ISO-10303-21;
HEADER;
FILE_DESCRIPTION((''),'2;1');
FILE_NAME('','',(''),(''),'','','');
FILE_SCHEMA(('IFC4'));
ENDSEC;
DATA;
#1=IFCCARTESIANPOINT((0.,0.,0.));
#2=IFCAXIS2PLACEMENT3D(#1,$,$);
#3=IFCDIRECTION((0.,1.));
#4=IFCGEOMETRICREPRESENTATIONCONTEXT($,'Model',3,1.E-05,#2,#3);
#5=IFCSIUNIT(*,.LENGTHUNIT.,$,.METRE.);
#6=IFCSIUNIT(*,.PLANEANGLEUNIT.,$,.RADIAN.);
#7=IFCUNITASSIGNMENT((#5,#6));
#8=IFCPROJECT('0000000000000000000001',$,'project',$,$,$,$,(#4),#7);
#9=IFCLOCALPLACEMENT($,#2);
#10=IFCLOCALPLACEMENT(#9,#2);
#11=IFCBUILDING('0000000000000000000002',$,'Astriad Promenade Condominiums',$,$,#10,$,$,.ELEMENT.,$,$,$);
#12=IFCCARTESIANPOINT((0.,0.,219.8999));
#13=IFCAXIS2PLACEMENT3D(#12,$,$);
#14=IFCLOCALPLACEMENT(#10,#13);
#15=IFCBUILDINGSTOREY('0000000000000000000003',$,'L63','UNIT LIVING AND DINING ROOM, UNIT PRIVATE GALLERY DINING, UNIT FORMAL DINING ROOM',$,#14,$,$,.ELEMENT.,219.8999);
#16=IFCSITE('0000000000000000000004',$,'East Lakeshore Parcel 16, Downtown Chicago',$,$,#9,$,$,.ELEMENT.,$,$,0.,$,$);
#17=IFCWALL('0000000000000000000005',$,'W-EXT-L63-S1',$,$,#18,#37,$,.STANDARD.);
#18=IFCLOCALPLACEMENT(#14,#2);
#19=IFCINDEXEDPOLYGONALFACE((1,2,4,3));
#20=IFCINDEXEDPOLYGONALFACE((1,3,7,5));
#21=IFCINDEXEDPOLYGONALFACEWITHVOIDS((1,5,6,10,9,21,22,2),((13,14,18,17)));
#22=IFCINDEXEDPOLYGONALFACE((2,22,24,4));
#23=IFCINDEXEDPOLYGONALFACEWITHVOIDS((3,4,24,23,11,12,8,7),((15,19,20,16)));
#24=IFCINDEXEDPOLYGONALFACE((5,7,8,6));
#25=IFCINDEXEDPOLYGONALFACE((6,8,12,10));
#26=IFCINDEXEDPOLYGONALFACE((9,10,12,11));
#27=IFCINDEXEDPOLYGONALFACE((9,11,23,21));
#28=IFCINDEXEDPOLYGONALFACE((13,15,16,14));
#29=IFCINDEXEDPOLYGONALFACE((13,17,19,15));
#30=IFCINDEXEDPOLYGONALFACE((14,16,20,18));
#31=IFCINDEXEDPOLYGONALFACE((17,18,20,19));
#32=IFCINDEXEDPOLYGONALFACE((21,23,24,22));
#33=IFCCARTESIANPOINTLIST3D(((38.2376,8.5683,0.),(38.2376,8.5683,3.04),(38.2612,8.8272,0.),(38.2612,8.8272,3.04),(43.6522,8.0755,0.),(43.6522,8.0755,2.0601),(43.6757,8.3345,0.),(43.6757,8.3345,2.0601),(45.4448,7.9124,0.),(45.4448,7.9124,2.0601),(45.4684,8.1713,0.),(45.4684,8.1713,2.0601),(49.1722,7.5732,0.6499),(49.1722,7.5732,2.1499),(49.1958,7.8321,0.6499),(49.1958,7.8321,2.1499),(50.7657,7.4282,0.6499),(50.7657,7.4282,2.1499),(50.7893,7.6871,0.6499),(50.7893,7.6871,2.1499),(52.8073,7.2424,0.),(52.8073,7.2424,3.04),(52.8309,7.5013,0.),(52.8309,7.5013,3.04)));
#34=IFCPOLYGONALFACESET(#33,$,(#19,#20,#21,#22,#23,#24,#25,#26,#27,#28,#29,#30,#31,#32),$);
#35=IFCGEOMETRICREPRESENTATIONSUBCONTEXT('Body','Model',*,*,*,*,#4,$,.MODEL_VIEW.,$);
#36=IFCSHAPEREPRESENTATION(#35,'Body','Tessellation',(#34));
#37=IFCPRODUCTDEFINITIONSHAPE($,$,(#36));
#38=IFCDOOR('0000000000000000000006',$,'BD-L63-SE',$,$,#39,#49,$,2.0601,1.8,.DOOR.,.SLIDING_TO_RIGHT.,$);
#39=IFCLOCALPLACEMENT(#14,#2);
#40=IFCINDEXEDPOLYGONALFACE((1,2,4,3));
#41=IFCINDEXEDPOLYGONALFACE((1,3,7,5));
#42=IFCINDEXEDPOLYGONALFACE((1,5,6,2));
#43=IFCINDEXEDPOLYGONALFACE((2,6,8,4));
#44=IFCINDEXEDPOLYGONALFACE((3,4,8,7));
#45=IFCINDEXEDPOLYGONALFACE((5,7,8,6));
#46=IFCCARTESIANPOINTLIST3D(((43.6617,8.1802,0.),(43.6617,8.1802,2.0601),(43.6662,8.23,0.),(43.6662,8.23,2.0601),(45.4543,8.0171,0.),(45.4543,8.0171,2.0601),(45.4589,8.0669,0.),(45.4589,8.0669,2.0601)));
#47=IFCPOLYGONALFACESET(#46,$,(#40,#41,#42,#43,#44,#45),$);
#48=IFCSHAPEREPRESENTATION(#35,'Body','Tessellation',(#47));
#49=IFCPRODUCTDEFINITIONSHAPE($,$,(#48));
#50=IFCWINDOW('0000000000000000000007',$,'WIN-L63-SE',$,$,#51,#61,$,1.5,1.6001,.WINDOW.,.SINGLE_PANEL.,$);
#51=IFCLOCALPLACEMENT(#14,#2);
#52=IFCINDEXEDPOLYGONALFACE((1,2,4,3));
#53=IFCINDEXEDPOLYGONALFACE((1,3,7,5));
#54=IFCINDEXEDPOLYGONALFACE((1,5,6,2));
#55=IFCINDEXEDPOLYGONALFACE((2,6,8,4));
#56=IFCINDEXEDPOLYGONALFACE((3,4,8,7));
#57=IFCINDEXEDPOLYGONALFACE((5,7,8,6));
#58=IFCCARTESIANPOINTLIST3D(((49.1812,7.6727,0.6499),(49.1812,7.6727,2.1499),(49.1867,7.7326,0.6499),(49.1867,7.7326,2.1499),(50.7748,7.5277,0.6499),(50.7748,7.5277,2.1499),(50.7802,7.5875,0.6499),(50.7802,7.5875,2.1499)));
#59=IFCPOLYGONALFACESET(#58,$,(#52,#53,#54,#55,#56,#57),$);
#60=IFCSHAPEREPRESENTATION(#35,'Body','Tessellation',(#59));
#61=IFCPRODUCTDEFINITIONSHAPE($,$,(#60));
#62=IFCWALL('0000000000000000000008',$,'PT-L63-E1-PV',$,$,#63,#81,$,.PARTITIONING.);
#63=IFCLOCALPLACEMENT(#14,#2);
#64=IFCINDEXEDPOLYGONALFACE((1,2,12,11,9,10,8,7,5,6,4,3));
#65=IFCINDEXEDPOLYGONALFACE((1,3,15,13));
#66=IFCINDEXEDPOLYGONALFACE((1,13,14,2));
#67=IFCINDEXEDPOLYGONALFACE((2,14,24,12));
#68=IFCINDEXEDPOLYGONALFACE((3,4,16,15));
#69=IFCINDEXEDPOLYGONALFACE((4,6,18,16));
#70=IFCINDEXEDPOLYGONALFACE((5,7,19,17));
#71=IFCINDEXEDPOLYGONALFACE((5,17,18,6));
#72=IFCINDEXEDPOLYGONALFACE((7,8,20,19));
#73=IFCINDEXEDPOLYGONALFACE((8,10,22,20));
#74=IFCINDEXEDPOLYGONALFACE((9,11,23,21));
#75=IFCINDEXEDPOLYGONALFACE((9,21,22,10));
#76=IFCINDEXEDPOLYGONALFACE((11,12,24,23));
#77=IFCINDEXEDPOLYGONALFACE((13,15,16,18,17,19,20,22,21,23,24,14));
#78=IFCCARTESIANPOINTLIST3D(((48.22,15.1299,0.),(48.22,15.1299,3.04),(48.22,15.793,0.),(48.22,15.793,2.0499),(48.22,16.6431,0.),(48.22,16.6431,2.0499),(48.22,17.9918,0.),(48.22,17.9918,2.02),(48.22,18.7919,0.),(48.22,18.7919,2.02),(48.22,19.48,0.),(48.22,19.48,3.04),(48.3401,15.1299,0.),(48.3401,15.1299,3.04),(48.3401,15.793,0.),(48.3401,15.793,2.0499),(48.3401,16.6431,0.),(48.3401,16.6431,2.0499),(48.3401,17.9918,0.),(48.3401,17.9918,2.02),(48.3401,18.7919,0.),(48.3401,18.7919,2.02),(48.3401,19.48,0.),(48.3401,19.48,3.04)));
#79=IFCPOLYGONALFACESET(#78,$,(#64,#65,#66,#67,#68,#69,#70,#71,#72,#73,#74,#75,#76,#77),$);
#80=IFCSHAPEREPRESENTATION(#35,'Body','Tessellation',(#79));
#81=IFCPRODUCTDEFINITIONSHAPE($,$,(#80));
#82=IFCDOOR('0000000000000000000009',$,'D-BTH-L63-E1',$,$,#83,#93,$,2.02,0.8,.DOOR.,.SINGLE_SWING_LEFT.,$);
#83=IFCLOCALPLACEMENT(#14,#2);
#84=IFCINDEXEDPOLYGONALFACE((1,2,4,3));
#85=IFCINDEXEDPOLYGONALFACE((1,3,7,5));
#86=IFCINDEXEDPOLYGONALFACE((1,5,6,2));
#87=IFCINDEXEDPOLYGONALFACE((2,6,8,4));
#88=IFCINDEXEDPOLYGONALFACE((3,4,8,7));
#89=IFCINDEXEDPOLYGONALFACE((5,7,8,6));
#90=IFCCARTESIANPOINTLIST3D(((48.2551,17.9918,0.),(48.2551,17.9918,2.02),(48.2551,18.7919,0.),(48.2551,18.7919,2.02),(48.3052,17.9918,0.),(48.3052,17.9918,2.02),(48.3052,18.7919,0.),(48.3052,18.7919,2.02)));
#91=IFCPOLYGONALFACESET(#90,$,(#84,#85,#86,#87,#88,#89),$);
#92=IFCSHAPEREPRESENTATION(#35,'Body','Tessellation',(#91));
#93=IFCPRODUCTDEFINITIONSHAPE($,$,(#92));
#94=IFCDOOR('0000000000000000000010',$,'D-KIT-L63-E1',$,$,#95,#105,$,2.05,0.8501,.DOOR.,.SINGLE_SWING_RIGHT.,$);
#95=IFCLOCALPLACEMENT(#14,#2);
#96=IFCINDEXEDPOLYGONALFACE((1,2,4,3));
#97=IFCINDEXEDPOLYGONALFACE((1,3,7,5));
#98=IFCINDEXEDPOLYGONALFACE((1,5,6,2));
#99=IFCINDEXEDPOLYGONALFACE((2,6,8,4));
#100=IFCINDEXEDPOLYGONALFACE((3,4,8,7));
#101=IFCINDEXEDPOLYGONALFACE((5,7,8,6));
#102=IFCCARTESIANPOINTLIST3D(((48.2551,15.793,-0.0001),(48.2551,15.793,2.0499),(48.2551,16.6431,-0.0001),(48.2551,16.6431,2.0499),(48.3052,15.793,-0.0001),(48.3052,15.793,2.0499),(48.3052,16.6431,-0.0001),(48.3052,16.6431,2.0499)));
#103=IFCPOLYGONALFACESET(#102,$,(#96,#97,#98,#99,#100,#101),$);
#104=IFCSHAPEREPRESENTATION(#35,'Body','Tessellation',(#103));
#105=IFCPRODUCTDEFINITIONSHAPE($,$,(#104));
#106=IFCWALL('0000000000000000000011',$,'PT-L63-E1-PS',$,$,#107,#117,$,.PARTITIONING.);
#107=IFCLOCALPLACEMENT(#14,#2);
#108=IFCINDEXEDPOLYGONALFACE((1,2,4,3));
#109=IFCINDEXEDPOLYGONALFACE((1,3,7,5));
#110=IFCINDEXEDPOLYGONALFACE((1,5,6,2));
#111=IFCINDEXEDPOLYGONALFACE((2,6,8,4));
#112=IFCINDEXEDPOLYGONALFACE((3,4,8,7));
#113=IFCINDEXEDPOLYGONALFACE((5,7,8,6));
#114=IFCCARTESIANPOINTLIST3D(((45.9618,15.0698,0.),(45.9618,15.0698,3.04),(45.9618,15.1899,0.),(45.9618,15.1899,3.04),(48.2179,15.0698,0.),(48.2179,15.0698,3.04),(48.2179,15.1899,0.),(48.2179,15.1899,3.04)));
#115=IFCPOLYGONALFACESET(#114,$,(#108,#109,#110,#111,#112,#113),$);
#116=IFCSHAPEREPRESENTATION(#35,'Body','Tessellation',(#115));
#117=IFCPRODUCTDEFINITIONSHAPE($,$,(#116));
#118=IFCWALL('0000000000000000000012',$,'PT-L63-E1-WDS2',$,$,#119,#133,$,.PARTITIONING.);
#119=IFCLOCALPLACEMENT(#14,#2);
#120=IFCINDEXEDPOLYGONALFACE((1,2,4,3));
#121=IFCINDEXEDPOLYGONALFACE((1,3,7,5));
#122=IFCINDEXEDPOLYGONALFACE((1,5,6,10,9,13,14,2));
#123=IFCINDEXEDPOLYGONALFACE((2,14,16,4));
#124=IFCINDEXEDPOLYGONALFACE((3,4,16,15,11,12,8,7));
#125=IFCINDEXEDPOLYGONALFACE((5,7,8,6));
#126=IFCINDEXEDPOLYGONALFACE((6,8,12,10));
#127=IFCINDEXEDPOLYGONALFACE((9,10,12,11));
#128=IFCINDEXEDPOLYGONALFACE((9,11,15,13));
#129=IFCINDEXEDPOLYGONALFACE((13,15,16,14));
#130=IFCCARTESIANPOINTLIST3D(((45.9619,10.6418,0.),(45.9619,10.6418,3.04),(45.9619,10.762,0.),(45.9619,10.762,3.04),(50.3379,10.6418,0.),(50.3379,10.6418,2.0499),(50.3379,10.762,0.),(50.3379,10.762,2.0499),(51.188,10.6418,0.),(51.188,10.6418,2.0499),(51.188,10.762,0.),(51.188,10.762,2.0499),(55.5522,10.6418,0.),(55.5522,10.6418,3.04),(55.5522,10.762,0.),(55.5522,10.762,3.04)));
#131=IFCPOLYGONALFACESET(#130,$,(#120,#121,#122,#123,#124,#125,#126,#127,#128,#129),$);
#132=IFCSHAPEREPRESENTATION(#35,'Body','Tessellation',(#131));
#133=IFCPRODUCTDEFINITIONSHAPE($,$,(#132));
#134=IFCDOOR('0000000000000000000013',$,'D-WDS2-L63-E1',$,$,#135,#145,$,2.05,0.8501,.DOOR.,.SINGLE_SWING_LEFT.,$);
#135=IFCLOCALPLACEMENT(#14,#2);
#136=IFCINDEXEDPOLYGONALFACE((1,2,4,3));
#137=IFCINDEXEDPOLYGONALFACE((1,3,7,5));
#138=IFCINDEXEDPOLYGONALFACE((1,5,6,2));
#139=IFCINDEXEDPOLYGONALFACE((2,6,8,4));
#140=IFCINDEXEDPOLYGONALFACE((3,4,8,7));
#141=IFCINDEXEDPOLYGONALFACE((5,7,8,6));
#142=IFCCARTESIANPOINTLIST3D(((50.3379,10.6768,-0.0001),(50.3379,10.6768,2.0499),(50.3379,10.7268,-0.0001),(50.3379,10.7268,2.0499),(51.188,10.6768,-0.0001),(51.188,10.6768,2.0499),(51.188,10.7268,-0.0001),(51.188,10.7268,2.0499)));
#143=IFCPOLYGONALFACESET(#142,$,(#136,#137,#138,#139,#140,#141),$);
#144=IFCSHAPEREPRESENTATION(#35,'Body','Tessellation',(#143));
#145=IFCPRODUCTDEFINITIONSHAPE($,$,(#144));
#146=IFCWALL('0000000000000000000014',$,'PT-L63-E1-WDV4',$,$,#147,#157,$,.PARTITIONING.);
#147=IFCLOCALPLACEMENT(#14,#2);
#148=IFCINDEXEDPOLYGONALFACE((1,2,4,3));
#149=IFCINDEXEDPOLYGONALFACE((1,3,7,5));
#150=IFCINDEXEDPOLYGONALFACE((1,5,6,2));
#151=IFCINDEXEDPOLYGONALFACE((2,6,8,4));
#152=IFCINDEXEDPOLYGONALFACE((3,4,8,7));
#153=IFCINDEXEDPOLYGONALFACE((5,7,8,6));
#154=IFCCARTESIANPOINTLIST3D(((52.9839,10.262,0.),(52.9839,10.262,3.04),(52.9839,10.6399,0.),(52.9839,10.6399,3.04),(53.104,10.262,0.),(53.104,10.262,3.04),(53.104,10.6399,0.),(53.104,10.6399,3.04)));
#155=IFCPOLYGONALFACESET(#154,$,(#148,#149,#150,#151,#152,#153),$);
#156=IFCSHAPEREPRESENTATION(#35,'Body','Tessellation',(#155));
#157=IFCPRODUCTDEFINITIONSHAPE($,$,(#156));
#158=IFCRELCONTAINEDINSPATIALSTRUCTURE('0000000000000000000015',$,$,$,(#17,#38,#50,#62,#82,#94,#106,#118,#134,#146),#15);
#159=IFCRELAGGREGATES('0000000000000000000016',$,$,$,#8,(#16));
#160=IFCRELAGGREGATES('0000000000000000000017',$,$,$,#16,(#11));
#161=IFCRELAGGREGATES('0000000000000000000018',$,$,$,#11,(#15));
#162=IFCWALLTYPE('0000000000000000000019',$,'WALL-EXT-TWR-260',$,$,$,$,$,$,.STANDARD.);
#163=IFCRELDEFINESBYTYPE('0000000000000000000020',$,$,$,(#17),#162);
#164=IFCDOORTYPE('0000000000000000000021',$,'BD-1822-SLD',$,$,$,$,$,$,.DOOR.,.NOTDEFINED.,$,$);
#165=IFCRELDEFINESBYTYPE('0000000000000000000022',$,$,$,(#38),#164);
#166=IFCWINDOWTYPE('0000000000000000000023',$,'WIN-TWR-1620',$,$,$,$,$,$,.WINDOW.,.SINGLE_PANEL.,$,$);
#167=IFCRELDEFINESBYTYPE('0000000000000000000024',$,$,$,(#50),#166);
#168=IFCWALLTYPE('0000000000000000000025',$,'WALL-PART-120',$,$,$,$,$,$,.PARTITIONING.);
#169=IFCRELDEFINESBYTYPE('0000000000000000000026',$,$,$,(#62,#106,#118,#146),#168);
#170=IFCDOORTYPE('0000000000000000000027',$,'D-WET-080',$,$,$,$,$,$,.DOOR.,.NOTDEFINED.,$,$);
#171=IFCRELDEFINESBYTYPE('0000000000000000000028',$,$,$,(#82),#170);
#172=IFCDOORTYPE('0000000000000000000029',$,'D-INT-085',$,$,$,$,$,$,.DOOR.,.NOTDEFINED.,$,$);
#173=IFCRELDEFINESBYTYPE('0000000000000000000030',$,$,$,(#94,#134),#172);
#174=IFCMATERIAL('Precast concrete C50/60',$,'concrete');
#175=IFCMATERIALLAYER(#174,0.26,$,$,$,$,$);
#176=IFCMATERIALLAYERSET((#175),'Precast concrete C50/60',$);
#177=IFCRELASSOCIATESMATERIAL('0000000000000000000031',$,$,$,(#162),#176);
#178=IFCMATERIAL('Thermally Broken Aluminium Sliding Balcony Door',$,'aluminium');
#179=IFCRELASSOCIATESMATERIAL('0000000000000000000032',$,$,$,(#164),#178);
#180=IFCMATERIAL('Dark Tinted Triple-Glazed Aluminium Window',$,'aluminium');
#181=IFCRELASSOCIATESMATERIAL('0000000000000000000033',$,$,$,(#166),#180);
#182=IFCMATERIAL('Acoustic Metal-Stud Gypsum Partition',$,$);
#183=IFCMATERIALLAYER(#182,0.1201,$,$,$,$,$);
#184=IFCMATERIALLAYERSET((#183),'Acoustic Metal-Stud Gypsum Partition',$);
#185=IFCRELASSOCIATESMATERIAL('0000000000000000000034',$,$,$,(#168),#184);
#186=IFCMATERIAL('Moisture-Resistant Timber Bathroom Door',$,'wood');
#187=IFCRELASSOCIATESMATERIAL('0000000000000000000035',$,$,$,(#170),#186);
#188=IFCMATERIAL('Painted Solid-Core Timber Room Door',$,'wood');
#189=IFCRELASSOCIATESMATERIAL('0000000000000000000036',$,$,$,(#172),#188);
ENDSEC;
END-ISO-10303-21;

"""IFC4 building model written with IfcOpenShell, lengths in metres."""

from ifc_helpers import new_model, si_unit, direction, frame, frame_2d, origin, place, context, subcontext, project, spatial, rectangle, extrude, source, transform, mapped, material, layer, layer_set, type_object, type_shapes, element, fill, save


model = new_model("IFC4")

# Units and contexts
model_context = context("Model", 3, precision=1e-05, world=origin(), true_north=direction((0.0, 1.0)))
body_context = subcontext(model_context, "Body", "Model", "MODEL_VIEW")
ifc_project = project(units=[si_unit("LENGTHUNIT", "METRE"), si_unit("PLANEANGLEUNIT", "RADIAN")], contexts=[model_context])

# Site, building, storey
site_placement = place(None, origin())
site = spatial("IfcSite", under=ifc_project, at=site_placement, Name="East Lakeshore Parcel 16, Downtown Chicago", CompositionType="ELEMENT", RefElevation=0.0)
building_placement = place(site_placement, origin())
building = spatial("IfcBuilding", under=site, at=building_placement, Name="Astriad Promenade Condominiums", CompositionType="ELEMENT")
storey_placement = place(building_placement, frame((0.0, 0.0, 219.8999)))
storey = spatial("IfcBuildingStorey", under=building, at=storey_placement, Name="L63", Description="UNIT LIVING AND DINING ROOM, UNIT PRIVATE GALLERY DINING, UNIT FORMAL DINING ROOM", CompositionType="ELEMENT", Elevation=219.8999)

# Shared definitions
ifc_material_1 = material(Name="Precast concrete C50/60", Category="concrete")
ifc_layer_1 = layer(ifc_material_1, 0.26)
ifc_layer_set_1 = layer_set([ifc_layer_1], Name="Precast concrete C50/60")
wall_type_1 = type_object("IfcWallType", Name="WALL-EXT-TWR-260", PredefinedType="STANDARD", material=ifc_layer_set_1)

# Wall, openings, door, window
wall_1_placement = place(storey_placement, frame((52.8191, 7.3718, 0.0), z_axis=(0.0, 0.0, 1.0), x_axis=(-0.995884, 0.090632, 0.0)))
wall_1 = element("IfcWall", 1, at=wall_1_placement, inside=storey, type_object=wall_type_1, Name="W-EXT-L63-S1", PredefinedType="STANDARD", context=body_context, shape_type="SweptSolid", body=[
    extrude(rectangle(XDim=14.6299, YDim=0.26, at=frame_2d((7.3149, 0.0))), origin(), (0.0, 0.0, 1.0), 3.04),
])
opening_1_placement = place(wall_1_placement, frame((7.3931, 0.0, 0.0)))
opening_1 = element("IfcOpeningElement", 2, at=opening_1_placement, cuts=wall_1, PredefinedType="OPENING", context=body_context, shape_type="SweptSolid", body=[
    extrude(rectangle(XDim=1.8, YDim=2.0601, at=frame_2d((0.8999, 1.03))), frame((0.0, 0.1399, 0.0), z_axis=(0.0, -1.0, 0.0), x_axis=(1.0, 0.0, 0.0)), (0.0, 0.0, 1.0), 0.28),
])
opening_2_placement = place(wall_1_placement, frame((2.05, 0.0, 0.6499)))
opening_2 = element("IfcOpeningElement", 3, at=opening_2_placement, cuts=wall_1, PredefinedType="OPENING", context=body_context, shape_type="SweptSolid", body=[
    extrude(rectangle(XDim=1.6001, YDim=1.5, at=frame_2d((0.8, 0.75))), frame((0.0, 0.1399, 0.0), z_axis=(0.0, -1.0, 0.0), x_axis=(1.0, 0.0, 0.0)), (0.0, 0.0, 1.0), 0.28),
])
ifc_material_2 = material(Name="Thermally Broken Aluminium Sliding Balcony Door", Category="aluminium")
door_type_1 = type_object("IfcDoorType", Name="BD-1822-SLD", OperationType="NOTDEFINED", PredefinedType="DOOR", material=ifc_material_2)
shared_shape_1 = source(origin(), body_context, "Body", "SweptSolid", [
    extrude(rectangle(XDim=1.8, YDim=2.0601, at=frame_2d((0.8999, 1.03))), frame((0.0, 0.0249, 0.0), z_axis=(0.0, -1.0, 0.0), x_axis=(1.0, 0.0, 0.0)), (0.0, 0.0, 1.0), 0.05),
])
type_shapes(door_type_1, [shared_shape_1])
door_1_placement = place(opening_1_placement, origin())
door_1 = element("IfcDoor", 4, at=door_1_placement, inside=storey, type_object=door_type_1, Name="BD-L63-SE", OperationType="SLIDING_TO_RIGHT", OverallHeight=2.0601, OverallWidth=1.8, PredefinedType="DOOR", context=body_context, shape_type="MappedRepresentation", body=[
    mapped(shared_shape_1, transform((0.0, 0.0, 0.0), scale=1.0)),
])
fill(opening_1, door_1)
ifc_material_3 = material(Name="Dark Tinted Triple-Glazed Aluminium Window", Category="aluminium")
window_type = type_object("IfcWindowType", Name="WIN-TWR-1620", PartitioningType="SINGLE_PANEL", PredefinedType="WINDOW", material=ifc_material_3)
shared_shape_2 = source(origin(), body_context, "Body", "SweptSolid", [
    extrude(rectangle(XDim=1.6001, YDim=1.5, at=frame_2d((0.8, 0.75))), frame((0.0, 0.03, 0.0), z_axis=(0.0, -1.0, 0.0), x_axis=(1.0, 0.0, 0.0)), (0.0, 0.0, 1.0), 0.0601),
])
type_shapes(window_type, [shared_shape_2])
window_placement = place(opening_2_placement, origin())
window = element("IfcWindow", 5, at=window_placement, inside=storey, type_object=window_type, Name="WIN-L63-SE", OverallHeight=1.5, OverallWidth=1.6001, PartitioningType="SINGLE_PANEL", PredefinedType="WINDOW", context=body_context, shape_type="MappedRepresentation", body=[
    mapped(shared_shape_2, transform((0.0, 0.0, 0.0), scale=1.0)),
])
fill(opening_2, window)

# Wall, openings, doors
ifc_material_4 = material(Name="Acoustic Metal-Stud Gypsum Partition")
ifc_layer_2 = layer(ifc_material_4, 0.1201)
ifc_layer_set_2 = layer_set([ifc_layer_2], Name="Acoustic Metal-Stud Gypsum Partition")
wall_type_2 = type_object("IfcWallType", Name="WALL-PART-120", PredefinedType="PARTITIONING", material=ifc_layer_set_2)
wall_2_placement = place(storey_placement, frame((48.28, 15.1299, 0.0), z_axis=(0.0, 0.0, 1.0), x_axis=(0.0, 1.0, 0.0)))
wall_2 = element("IfcWall", 6, at=wall_2_placement, inside=storey, type_object=wall_type_2, Name="PT-L63-E1-PV", PredefinedType="PARTITIONING", context=body_context, shape_type="SweptSolid", body=[
    extrude(rectangle(XDim=4.3501, YDim=0.1201, at=frame_2d((2.175, 0.0))), origin(), (0.0, 0.0, 1.0), 3.04),
])
opening_3_placement = place(wall_2_placement, frame((0.6631, 0.0, 0.0)))
opening_3 = element("IfcOpeningElement", 7, at=opening_3_placement, cuts=wall_2, PredefinedType="OPENING", context=body_context, shape_type="SweptSolid", body=[
    extrude(rectangle(XDim=0.8501, YDim=2.05, at=frame_2d((0.425, 1.0249))), frame((0.0, 0.0701, 0.0), z_axis=(0.0, -1.0, 0.0), x_axis=(1.0, 0.0, 0.0)), (0.0, 0.0, 1.0), 0.1401),
])
opening_4_placement = place(wall_2_placement, frame((2.8621, 0.0, 0.0)))
opening_4 = element("IfcOpeningElement", 8, at=opening_4_placement, cuts=wall_2, PredefinedType="OPENING", context=body_context, shape_type="SweptSolid", body=[
    extrude(rectangle(XDim=0.8, YDim=2.02, at=frame_2d((0.3999, 1.01))), frame((0.0, 0.0701, 0.0), z_axis=(0.0, -1.0, 0.0), x_axis=(1.0, 0.0, 0.0)), (0.0, 0.0, 1.0), 0.1401),
])
ifc_material_5 = material(Name="Moisture-Resistant Timber Bathroom Door", Category="wood")
door_type_2 = type_object("IfcDoorType", Name="D-WET-080", OperationType="NOTDEFINED", PredefinedType="DOOR", material=ifc_material_5)
shared_shape_3 = source(origin(), body_context, "Body", "SweptSolid", [
    extrude(rectangle(XDim=0.8, YDim=2.02, at=frame_2d((0.3999, 1.01))), frame((0.0, 0.0249, 0.0), z_axis=(0.0, -1.0, 0.0), x_axis=(1.0, 0.0, 0.0)), (0.0, 0.0, 1.0), 0.05),
])
type_shapes(door_type_2, [shared_shape_3])
door_2_placement = place(opening_4_placement, origin())
door_2 = element("IfcDoor", 9, at=door_2_placement, inside=storey, type_object=door_type_2, Name="D-BTH-L63-E1", OperationType="SINGLE_SWING_LEFT", OverallHeight=2.02, OverallWidth=0.8, PredefinedType="DOOR", context=body_context, shape_type="MappedRepresentation", body=[
    mapped(shared_shape_3, transform((0.0, 0.0, 0.0), scale=1.0)),
])
fill(opening_4, door_2)
ifc_material_6 = material(Name="Painted Solid-Core Timber Room Door", Category="wood")
door_type_3 = type_object("IfcDoorType", Name="D-INT-085", OperationType="NOTDEFINED", PredefinedType="DOOR", material=ifc_material_6)
shared_shape_4 = source(origin(), body_context, "Body", "SweptSolid", [
    extrude(rectangle(XDim=0.8501, YDim=2.05, at=frame_2d((0.425, 1.0249))), frame((0.0, 0.0249, 0.0), z_axis=(0.0, -1.0, 0.0), x_axis=(1.0, 0.0, 0.0)), (0.0, 0.0, 1.0), 0.05),
])
type_shapes(door_type_3, [shared_shape_4])
door_3_placement = place(opening_3_placement, origin())
door_3 = element("IfcDoor", 10, at=door_3_placement, inside=storey, type_object=door_type_3, Name="D-KIT-L63-E1", OperationType="SINGLE_SWING_RIGHT", OverallHeight=2.05, OverallWidth=0.8501, PredefinedType="DOOR", context=body_context, shape_type="MappedRepresentation", body=[
    mapped(shared_shape_4, transform((0.0, 0.0, 0.0), scale=1.0)),
])
fill(opening_3, door_3)

# Wall
wall_3_placement = place(storey_placement, frame((45.9619, 15.1299, 0.0), z_axis=(0.0, 0.0, 1.0), x_axis=(1.0, 0.0, 0.0)))
element("IfcWall", 11, at=wall_3_placement, inside=storey, type_object=wall_type_2, Name="PT-L63-E1-PS", PredefinedType="PARTITIONING", context=body_context, shape_type="SweptSolid", body=[
    extrude(rectangle(XDim=2.2561, YDim=0.1201, at=frame_2d((1.1279, 0.0))), origin(), (0.0, 0.0, 1.0), 3.04),
])

# Wall, opening, door
wall_4_placement = place(storey_placement, frame((45.9619, 10.7019, 0.0), z_axis=(0.0, 0.0, 1.0), x_axis=(1.0, 0.0, 0.0)))
wall_4 = element("IfcWall", 12, at=wall_4_placement, inside=storey, type_object=wall_type_2, Name="PT-L63-E1-WDS2", PredefinedType="PARTITIONING", context=body_context, shape_type="SweptSolid", body=[
    extrude(rectangle(XDim=9.5903, YDim=0.1201, at=frame_2d((4.7952, 0.0))), origin(), (0.0, 0.0, 1.0), 3.04),
])
opening_5_placement = place(wall_4_placement, frame((4.376, 0.0, 0.0)))
opening_5 = element("IfcOpeningElement", 13, at=opening_5_placement, cuts=wall_4, PredefinedType="OPENING", context=body_context, shape_type="SweptSolid", body=[
    extrude(rectangle(XDim=0.8501, YDim=2.05, at=frame_2d((0.425, 1.0249))), frame((0.0, 0.0701, 0.0), z_axis=(0.0, -1.0, 0.0), x_axis=(1.0, 0.0, 0.0)), (0.0, 0.0, 1.0), 0.1401),
])
door_4_placement = place(opening_5_placement, origin())
door_4 = element("IfcDoor", 14, at=door_4_placement, inside=storey, type_object=door_type_3, Name="D-WDS2-L63-E1", OperationType="SINGLE_SWING_LEFT", OverallHeight=2.05, OverallWidth=0.8501, PredefinedType="DOOR", context=body_context, shape_type="MappedRepresentation", body=[
    mapped(shared_shape_4, transform((0.0, 0.0, 0.0), scale=1.0)),
])
fill(opening_5, door_4)

# Wall
wall_5_placement = place(storey_placement, frame((53.0439, 10.262, 0.0), z_axis=(0.0, 0.0, 1.0), x_axis=(0.0, 1.0, 0.0)))
element("IfcWall", 15, at=wall_5_placement, inside=storey, type_object=wall_type_2, Name="PT-L63-E1-WDV4", PredefinedType="PARTITIONING", context=body_context, shape_type="SweptSolid", body=[
    extrude(rectangle(XDim=0.3779, YDim=0.1201, at=frame_2d((0.189, 0.0))), origin(), (0.0, 0.0, 1.0), 3.04),
])

save(model, "model.ifc")
